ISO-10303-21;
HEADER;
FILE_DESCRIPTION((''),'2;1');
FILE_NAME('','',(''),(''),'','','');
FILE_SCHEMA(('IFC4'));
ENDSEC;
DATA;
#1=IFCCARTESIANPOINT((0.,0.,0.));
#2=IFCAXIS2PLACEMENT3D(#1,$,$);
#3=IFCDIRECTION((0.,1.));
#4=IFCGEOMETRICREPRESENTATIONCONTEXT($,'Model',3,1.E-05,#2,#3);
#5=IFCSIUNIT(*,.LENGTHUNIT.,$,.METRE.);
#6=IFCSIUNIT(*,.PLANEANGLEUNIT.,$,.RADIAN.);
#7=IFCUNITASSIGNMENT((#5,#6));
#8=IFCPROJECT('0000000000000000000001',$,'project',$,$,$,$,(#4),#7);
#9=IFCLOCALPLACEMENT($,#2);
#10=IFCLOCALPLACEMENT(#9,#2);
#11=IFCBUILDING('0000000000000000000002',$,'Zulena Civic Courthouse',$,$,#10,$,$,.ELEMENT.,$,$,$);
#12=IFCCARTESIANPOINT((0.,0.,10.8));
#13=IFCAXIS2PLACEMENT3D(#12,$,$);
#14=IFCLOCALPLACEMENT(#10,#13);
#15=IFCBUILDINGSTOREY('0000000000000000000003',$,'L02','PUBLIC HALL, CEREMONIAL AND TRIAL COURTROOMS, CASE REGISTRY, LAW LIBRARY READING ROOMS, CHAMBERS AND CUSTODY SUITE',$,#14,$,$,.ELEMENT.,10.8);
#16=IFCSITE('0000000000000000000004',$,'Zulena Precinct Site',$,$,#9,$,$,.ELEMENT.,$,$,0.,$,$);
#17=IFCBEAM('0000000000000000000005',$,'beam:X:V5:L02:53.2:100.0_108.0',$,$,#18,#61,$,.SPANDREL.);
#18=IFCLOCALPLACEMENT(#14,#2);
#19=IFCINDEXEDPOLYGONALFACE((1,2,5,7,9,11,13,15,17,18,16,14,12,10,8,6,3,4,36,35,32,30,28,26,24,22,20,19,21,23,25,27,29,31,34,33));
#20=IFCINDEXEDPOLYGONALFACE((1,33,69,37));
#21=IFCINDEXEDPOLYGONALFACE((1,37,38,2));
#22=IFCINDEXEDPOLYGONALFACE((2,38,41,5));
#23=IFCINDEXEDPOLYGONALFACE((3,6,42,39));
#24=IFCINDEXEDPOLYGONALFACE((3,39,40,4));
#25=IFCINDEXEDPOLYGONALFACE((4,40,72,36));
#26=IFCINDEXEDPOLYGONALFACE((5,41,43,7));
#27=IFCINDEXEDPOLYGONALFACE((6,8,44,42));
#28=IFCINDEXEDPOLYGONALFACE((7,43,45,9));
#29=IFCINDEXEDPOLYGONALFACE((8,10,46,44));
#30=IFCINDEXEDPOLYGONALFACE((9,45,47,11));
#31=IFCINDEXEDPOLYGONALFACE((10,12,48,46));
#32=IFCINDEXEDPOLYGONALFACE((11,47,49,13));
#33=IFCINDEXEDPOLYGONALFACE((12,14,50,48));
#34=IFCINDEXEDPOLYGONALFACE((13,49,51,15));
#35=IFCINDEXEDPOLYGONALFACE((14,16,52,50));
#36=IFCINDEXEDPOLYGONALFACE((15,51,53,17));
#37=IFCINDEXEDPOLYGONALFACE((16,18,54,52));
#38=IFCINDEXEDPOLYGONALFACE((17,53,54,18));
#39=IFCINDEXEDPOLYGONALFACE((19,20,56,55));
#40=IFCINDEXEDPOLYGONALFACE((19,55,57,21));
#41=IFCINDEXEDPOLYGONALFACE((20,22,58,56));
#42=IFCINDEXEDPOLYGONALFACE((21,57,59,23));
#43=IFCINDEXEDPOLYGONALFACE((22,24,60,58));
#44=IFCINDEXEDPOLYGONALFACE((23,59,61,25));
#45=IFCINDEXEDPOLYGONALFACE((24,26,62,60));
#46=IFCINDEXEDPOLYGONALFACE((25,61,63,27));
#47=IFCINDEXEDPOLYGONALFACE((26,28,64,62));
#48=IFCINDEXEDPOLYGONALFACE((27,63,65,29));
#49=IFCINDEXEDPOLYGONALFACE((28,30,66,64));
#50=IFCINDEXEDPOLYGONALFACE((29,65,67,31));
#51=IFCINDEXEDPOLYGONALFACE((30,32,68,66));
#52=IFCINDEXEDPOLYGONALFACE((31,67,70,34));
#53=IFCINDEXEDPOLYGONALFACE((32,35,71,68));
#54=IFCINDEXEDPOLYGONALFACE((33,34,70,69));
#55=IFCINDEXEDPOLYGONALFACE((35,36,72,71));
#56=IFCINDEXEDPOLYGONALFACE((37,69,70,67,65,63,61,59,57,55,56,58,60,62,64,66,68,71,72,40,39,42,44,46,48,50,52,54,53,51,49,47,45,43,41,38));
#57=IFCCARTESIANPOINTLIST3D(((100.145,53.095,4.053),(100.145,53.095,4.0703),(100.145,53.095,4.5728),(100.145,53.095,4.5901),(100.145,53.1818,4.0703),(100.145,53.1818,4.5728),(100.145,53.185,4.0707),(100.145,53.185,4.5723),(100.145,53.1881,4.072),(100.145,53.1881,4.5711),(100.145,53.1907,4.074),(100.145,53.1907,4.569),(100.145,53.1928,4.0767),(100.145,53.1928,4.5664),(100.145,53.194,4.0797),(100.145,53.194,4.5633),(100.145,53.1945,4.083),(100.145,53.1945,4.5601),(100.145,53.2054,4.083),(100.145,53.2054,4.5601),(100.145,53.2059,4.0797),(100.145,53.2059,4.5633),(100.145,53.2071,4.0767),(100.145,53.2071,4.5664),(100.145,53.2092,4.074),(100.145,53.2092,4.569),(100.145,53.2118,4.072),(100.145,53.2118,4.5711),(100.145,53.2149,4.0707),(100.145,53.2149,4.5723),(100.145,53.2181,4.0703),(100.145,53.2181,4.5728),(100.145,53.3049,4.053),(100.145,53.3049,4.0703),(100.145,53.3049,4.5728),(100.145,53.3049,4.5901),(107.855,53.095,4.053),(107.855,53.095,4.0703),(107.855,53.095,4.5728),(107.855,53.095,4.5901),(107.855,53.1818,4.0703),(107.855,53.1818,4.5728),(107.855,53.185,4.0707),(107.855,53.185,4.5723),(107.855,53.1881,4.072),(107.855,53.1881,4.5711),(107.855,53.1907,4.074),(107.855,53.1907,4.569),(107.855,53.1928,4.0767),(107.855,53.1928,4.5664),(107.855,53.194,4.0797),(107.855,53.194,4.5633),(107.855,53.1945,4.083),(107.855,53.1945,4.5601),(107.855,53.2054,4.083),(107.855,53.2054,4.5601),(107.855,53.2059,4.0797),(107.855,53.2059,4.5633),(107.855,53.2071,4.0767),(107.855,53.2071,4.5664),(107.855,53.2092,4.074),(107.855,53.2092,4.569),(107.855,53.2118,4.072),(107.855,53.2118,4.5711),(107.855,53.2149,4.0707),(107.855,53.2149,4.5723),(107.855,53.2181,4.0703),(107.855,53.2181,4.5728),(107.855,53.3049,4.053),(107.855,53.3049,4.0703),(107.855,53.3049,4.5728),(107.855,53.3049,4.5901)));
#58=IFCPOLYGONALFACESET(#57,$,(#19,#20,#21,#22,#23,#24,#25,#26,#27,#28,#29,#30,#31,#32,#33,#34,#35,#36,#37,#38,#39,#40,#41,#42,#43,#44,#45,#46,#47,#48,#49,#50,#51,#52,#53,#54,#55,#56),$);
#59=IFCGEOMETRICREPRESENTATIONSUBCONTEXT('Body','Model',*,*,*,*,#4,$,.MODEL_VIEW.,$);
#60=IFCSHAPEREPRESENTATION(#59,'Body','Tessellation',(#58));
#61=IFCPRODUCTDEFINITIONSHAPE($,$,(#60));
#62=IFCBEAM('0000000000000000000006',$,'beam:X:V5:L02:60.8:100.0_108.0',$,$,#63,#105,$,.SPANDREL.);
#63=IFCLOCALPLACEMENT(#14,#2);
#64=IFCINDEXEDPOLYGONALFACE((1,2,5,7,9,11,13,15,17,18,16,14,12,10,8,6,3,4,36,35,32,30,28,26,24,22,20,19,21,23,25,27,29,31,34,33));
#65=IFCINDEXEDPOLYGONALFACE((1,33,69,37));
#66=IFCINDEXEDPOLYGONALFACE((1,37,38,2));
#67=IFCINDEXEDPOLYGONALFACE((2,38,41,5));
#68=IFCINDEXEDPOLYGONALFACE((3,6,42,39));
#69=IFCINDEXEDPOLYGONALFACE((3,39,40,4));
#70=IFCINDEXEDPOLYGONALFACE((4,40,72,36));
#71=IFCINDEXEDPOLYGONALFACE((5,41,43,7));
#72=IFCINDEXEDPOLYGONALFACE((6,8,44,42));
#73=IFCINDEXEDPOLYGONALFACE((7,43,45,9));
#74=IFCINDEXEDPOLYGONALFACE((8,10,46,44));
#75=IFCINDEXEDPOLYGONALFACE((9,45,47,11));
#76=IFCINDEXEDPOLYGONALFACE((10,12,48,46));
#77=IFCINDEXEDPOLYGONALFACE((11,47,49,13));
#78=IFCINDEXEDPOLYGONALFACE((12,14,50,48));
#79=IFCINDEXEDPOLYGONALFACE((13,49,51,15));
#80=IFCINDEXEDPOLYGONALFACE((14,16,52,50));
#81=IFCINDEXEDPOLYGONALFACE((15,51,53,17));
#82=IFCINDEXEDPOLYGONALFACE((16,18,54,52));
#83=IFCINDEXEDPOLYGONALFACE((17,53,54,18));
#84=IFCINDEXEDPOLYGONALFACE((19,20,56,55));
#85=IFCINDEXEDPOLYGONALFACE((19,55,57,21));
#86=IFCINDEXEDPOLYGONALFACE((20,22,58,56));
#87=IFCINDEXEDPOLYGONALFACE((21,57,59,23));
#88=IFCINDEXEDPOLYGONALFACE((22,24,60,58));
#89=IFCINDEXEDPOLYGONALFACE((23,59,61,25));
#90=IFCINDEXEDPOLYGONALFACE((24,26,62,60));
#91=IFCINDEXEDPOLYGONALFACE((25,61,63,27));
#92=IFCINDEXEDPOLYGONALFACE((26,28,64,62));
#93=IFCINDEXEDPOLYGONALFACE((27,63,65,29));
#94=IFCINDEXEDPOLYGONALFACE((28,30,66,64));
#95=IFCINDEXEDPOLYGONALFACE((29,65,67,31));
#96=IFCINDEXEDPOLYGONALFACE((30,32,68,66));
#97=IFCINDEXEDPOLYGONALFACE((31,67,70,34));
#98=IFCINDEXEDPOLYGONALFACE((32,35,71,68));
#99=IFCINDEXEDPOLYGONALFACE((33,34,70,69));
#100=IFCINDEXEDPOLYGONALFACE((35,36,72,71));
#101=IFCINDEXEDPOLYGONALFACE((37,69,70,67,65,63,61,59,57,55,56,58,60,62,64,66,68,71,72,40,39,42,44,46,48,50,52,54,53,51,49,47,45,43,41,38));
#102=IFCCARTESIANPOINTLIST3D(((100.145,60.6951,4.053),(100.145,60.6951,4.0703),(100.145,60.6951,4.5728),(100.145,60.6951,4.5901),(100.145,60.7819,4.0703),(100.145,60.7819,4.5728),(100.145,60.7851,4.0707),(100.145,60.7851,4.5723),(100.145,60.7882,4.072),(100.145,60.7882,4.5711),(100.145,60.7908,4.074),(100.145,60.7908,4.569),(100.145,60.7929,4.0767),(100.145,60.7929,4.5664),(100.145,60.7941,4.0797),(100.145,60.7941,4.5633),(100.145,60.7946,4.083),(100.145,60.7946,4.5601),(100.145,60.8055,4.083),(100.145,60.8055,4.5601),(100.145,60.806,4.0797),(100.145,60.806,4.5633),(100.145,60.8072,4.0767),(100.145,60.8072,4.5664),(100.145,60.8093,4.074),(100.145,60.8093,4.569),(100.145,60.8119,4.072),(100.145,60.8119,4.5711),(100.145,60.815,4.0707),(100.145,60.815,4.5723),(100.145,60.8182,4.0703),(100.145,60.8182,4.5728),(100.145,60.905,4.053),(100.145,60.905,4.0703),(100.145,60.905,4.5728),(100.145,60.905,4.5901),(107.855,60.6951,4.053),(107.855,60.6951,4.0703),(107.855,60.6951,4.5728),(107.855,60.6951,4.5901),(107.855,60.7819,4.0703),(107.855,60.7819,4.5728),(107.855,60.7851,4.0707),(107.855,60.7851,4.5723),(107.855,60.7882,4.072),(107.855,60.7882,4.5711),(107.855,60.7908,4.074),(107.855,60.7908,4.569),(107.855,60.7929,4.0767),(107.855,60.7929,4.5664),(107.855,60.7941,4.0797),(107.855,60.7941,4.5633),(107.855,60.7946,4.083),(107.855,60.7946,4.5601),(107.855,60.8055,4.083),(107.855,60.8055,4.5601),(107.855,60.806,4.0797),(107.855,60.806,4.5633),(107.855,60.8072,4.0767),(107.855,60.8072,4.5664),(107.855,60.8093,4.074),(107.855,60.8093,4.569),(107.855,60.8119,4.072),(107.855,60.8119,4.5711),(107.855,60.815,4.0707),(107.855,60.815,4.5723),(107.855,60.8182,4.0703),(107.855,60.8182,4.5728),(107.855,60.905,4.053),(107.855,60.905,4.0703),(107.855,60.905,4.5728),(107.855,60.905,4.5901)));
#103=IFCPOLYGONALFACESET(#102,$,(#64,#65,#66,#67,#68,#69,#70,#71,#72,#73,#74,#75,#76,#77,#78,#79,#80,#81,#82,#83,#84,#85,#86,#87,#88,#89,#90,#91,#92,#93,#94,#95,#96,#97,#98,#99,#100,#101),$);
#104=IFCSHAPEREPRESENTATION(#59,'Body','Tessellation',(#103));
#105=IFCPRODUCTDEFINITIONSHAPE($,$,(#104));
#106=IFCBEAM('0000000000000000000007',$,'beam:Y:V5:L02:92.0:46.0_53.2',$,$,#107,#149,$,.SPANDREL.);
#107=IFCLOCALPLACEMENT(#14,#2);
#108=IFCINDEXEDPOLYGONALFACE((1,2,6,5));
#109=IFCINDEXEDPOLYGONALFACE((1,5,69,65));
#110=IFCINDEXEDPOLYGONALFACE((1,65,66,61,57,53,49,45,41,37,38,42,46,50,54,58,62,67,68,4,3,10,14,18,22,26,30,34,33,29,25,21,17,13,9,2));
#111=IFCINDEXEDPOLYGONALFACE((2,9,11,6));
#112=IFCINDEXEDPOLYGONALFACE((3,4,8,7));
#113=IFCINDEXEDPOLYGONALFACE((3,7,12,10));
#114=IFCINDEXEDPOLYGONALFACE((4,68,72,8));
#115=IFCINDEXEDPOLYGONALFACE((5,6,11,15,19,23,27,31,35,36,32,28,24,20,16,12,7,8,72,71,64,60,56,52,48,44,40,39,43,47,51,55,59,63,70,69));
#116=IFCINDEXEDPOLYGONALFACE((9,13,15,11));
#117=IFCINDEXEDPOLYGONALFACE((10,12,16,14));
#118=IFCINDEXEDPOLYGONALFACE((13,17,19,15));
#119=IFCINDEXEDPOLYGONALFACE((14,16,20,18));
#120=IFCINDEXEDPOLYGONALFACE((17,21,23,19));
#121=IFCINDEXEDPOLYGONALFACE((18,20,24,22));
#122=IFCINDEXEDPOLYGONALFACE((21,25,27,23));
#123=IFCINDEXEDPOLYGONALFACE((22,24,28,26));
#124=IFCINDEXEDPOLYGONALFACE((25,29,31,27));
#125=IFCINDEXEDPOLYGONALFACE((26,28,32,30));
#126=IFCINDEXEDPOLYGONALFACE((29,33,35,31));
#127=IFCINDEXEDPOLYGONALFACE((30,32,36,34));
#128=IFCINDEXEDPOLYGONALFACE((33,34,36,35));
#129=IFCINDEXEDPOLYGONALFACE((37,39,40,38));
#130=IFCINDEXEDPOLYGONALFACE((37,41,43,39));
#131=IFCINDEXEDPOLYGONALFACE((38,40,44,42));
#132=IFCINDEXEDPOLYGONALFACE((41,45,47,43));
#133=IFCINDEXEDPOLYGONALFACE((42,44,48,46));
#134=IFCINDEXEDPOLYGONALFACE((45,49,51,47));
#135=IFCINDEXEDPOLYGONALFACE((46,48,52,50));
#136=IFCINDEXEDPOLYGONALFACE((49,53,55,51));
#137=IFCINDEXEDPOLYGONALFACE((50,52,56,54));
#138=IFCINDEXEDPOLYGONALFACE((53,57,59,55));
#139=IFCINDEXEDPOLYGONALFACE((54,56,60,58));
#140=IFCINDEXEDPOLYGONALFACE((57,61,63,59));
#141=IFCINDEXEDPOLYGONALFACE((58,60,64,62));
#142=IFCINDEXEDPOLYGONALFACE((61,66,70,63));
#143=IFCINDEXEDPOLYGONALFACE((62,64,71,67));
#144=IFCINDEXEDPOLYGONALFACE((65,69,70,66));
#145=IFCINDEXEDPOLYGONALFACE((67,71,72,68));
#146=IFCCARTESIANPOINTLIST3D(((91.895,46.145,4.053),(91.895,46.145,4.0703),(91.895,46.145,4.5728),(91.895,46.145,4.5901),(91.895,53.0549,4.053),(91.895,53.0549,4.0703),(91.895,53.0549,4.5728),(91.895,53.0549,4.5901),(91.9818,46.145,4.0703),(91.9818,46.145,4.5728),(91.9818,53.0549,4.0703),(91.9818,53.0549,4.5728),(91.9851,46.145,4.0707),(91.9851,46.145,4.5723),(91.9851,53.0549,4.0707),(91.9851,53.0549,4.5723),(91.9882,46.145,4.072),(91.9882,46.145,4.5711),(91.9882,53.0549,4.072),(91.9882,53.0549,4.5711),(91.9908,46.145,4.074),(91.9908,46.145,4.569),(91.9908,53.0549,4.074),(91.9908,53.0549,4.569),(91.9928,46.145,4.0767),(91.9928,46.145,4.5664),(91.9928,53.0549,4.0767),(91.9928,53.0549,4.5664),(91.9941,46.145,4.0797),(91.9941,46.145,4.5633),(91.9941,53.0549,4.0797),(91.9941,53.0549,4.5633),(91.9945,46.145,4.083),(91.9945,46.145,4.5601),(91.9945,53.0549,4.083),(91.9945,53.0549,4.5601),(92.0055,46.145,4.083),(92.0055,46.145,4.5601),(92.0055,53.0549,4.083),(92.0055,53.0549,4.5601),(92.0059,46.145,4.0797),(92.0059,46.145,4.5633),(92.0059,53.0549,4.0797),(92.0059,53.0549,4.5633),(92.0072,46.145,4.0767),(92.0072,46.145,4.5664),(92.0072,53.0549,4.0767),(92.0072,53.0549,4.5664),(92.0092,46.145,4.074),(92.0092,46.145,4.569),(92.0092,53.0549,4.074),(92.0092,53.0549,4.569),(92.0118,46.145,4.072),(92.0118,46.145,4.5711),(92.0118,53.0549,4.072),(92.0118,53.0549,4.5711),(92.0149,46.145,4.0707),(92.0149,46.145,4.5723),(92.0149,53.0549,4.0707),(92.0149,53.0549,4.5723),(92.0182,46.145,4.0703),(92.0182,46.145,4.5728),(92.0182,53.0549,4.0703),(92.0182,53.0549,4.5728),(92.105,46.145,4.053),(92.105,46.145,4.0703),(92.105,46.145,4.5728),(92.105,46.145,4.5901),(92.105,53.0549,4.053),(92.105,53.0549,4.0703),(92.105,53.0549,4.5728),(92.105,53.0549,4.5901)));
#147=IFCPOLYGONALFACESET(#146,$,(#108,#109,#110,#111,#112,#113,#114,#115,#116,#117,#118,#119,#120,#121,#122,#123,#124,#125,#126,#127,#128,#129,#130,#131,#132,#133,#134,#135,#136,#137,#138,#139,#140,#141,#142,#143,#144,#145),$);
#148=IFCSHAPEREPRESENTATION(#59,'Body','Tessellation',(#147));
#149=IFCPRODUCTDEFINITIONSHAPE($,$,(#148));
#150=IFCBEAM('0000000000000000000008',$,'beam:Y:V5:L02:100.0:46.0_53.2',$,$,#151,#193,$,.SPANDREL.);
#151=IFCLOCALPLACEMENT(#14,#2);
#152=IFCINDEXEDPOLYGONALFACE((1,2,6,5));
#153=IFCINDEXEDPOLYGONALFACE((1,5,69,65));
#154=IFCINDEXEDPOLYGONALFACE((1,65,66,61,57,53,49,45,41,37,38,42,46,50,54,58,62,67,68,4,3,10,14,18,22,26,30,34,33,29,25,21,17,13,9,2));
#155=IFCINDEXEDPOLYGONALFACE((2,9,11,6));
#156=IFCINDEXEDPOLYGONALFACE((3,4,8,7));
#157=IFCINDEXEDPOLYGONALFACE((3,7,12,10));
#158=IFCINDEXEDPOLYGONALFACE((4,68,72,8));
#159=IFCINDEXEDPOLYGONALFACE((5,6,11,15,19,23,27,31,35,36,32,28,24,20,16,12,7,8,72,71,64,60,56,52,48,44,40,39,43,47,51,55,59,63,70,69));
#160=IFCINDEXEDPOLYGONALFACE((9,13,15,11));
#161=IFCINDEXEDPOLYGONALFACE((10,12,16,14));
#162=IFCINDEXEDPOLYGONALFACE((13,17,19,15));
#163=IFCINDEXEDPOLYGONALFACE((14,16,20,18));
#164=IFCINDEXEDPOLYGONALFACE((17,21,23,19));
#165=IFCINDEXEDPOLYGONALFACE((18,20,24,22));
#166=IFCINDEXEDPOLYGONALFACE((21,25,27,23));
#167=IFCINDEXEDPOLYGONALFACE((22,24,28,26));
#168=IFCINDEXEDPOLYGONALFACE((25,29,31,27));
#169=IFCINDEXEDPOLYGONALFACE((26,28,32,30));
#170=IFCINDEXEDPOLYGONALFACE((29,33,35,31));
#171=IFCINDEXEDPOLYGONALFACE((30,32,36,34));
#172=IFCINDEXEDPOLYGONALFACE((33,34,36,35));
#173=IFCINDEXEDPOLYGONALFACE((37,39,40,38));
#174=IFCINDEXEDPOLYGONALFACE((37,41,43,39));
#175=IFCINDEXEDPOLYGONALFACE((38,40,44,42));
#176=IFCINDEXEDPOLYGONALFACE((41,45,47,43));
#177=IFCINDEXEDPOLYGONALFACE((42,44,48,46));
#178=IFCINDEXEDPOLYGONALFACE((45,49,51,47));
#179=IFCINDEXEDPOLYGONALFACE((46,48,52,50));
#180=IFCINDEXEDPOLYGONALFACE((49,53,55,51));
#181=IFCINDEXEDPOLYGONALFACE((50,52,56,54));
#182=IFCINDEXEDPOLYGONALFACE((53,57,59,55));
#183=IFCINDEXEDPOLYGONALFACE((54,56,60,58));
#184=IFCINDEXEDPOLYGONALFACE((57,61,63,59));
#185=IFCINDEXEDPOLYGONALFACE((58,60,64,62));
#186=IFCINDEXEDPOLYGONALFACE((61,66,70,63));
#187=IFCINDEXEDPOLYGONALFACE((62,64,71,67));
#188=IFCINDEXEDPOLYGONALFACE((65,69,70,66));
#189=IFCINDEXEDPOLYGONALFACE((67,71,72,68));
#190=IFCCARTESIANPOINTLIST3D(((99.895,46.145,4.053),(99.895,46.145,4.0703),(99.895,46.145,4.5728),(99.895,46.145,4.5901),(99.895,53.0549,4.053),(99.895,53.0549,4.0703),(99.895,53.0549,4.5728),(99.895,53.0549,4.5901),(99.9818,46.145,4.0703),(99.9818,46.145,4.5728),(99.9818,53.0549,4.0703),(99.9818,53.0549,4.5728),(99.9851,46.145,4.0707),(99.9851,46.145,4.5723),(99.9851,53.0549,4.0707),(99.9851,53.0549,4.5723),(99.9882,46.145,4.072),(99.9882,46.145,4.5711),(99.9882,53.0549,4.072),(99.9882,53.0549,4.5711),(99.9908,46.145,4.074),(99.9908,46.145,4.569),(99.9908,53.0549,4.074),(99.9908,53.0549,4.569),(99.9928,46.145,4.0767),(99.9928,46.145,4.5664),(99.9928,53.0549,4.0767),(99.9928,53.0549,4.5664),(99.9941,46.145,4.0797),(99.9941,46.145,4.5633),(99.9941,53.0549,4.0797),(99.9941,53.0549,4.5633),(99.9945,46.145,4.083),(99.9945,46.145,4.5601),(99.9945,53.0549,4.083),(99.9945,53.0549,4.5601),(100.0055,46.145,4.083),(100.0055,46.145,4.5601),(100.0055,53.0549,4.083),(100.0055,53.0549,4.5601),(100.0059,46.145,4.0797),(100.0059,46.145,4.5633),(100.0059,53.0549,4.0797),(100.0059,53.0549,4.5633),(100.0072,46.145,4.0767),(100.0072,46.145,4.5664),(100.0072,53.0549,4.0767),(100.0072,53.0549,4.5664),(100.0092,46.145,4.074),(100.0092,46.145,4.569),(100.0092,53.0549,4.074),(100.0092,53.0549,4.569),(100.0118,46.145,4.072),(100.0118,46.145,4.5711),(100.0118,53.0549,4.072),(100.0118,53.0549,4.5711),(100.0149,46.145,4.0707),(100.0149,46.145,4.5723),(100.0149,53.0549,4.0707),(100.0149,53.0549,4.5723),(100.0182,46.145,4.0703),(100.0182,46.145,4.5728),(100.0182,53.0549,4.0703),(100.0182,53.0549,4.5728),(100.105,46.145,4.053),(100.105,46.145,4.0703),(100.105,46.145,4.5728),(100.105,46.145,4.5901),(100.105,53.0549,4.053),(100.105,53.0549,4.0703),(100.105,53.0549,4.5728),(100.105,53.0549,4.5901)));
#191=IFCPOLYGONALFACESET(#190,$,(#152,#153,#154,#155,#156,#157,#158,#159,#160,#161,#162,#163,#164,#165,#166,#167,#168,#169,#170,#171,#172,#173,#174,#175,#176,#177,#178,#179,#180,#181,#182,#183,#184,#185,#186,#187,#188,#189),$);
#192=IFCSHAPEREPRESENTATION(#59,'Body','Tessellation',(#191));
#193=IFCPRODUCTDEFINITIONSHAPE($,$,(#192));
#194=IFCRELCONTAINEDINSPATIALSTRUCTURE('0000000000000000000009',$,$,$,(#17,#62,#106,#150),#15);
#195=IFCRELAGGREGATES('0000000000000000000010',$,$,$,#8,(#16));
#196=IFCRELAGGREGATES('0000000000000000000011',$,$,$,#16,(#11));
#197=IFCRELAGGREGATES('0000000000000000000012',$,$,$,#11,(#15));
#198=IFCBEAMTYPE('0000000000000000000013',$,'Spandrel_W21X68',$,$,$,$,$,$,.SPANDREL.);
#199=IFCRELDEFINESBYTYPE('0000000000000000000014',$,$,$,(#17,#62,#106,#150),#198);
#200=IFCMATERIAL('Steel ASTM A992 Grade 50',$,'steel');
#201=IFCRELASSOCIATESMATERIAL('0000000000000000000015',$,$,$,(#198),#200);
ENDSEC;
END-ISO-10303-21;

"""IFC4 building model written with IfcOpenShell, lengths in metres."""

from ifc_helpers import new_model, si_unit, direction, frame, origin, origin_2d, place, context, subcontext, project, spatial, i_section, extrude, material, material_profile, profile_set, type_object, element, save


model = new_model("IFC4")

# Units and contexts
model_context = context("Model", 3, precision=1e-05, world=origin(), true_north=direction((0.0, 1.0)))
body_context = subcontext(model_context, "Body", "Model", "MODEL_VIEW")
ifc_project = project(units=[si_unit("LENGTHUNIT", "METRE"), si_unit("PLANEANGLEUNIT", "RADIAN")], contexts=[model_context])

# Site, building, storey
site_placement = place(None, origin())
site = spatial("IfcSite", under=ifc_project, at=site_placement, Name="Zulena Precinct Site", CompositionType="ELEMENT", RefElevation=0.0)
building_placement = place(site_placement, origin())
building = spatial("IfcBuilding", under=site, at=building_placement, Name="Zulena Civic Courthouse", CompositionType="ELEMENT")
storey_placement = place(building_placement, frame((0.0, 0.0, 10.8)))
storey = spatial("IfcBuildingStorey", under=building, at=storey_placement, Name="L02", Description="PUBLIC HALL, CEREMONIAL AND TRIAL COURTROOMS, CASE REGISTRY, LAW LIBRARY READING ROOMS, CHAMBERS AND CUSTODY SUITE", CompositionType="ELEMENT", Elevation=10.8)

# Shared definitions
ifc_material_1 = material(Name="Steel ASTM A992 Grade 50", Category="steel")

# Beams
ifc_material_profile_1 = material_profile(ifc_material_1, i_section(OverallWidth=0.21, OverallDepth=0.5371, WebThickness=0.011, FlangeThickness=0.0173, FilletRadius=0.0127, at=origin_2d()), Name="W21X68")
ifc_profile_set_1 = profile_set([ifc_material_profile_1], Name="Steel ASTM A992 Grade 50")
beam_type_1 = type_object("IfcBeamType", Name="Spandrel_W21X68", PredefinedType="SPANDREL", material=ifc_profile_set_1)
for number, where, z_axis, x_axis, name in (
    (1, (100.145, 53.2, 4.3215), (1.0, 0.0, 0.0), (0.0, 1.0, 0.0), "beam:X:V5:L02:53.2:100.0_108.0"),
    (2, (100.145, 60.8, 4.3215), (1.0, 0.0, 0.0), (0.0, 1.0, 0.0), "beam:X:V5:L02:60.8:100.0_108.0"),
):
    element("IfcBeam", number, at=place(storey_placement, frame(where, z_axis=z_axis, x_axis=x_axis)), inside=storey, type_object=beam_type_1, Name=name, PredefinedType="SPANDREL", context=body_context, shape_type="SweptSolid", body=[
        extrude(i_section(OverallWidth=0.21, OverallDepth=0.5371, WebThickness=0.011, FlangeThickness=0.0173, FilletRadius=0.0127, at=origin_2d()), origin(), (0.0, 0.0, 1.0), 7.71),
    ])
for number, where, z_axis, x_axis, name in (
    (3, (92.0, 46.145, 4.3215), (0.0, 1.0, 0.0), (-1.0, 0.0, 0.0), "beam:Y:V5:L02:92.0:46.0_53.2"),
    (4, (100.0, 46.145, 4.3215), (0.0, 1.0, 0.0), (-1.0, 0.0, 0.0), "beam:Y:V5:L02:100.0:46.0_53.2"),
):
    element("IfcBeam", number, at=place(storey_placement, frame(where, z_axis=z_axis, x_axis=x_axis)), inside=storey, type_object=beam_type_1, Name=name, PredefinedType="SPANDREL", context=body_context, shape_type="SweptSolid", body=[
        extrude(i_section(OverallWidth=0.21, OverallDepth=0.5371, WebThickness=0.011, FlangeThickness=0.0173, FilletRadius=0.0127, at=origin_2d()), origin(), (0.0, 0.0, 1.0), 6.9099),
    ])

save(model, "model.ifc")
